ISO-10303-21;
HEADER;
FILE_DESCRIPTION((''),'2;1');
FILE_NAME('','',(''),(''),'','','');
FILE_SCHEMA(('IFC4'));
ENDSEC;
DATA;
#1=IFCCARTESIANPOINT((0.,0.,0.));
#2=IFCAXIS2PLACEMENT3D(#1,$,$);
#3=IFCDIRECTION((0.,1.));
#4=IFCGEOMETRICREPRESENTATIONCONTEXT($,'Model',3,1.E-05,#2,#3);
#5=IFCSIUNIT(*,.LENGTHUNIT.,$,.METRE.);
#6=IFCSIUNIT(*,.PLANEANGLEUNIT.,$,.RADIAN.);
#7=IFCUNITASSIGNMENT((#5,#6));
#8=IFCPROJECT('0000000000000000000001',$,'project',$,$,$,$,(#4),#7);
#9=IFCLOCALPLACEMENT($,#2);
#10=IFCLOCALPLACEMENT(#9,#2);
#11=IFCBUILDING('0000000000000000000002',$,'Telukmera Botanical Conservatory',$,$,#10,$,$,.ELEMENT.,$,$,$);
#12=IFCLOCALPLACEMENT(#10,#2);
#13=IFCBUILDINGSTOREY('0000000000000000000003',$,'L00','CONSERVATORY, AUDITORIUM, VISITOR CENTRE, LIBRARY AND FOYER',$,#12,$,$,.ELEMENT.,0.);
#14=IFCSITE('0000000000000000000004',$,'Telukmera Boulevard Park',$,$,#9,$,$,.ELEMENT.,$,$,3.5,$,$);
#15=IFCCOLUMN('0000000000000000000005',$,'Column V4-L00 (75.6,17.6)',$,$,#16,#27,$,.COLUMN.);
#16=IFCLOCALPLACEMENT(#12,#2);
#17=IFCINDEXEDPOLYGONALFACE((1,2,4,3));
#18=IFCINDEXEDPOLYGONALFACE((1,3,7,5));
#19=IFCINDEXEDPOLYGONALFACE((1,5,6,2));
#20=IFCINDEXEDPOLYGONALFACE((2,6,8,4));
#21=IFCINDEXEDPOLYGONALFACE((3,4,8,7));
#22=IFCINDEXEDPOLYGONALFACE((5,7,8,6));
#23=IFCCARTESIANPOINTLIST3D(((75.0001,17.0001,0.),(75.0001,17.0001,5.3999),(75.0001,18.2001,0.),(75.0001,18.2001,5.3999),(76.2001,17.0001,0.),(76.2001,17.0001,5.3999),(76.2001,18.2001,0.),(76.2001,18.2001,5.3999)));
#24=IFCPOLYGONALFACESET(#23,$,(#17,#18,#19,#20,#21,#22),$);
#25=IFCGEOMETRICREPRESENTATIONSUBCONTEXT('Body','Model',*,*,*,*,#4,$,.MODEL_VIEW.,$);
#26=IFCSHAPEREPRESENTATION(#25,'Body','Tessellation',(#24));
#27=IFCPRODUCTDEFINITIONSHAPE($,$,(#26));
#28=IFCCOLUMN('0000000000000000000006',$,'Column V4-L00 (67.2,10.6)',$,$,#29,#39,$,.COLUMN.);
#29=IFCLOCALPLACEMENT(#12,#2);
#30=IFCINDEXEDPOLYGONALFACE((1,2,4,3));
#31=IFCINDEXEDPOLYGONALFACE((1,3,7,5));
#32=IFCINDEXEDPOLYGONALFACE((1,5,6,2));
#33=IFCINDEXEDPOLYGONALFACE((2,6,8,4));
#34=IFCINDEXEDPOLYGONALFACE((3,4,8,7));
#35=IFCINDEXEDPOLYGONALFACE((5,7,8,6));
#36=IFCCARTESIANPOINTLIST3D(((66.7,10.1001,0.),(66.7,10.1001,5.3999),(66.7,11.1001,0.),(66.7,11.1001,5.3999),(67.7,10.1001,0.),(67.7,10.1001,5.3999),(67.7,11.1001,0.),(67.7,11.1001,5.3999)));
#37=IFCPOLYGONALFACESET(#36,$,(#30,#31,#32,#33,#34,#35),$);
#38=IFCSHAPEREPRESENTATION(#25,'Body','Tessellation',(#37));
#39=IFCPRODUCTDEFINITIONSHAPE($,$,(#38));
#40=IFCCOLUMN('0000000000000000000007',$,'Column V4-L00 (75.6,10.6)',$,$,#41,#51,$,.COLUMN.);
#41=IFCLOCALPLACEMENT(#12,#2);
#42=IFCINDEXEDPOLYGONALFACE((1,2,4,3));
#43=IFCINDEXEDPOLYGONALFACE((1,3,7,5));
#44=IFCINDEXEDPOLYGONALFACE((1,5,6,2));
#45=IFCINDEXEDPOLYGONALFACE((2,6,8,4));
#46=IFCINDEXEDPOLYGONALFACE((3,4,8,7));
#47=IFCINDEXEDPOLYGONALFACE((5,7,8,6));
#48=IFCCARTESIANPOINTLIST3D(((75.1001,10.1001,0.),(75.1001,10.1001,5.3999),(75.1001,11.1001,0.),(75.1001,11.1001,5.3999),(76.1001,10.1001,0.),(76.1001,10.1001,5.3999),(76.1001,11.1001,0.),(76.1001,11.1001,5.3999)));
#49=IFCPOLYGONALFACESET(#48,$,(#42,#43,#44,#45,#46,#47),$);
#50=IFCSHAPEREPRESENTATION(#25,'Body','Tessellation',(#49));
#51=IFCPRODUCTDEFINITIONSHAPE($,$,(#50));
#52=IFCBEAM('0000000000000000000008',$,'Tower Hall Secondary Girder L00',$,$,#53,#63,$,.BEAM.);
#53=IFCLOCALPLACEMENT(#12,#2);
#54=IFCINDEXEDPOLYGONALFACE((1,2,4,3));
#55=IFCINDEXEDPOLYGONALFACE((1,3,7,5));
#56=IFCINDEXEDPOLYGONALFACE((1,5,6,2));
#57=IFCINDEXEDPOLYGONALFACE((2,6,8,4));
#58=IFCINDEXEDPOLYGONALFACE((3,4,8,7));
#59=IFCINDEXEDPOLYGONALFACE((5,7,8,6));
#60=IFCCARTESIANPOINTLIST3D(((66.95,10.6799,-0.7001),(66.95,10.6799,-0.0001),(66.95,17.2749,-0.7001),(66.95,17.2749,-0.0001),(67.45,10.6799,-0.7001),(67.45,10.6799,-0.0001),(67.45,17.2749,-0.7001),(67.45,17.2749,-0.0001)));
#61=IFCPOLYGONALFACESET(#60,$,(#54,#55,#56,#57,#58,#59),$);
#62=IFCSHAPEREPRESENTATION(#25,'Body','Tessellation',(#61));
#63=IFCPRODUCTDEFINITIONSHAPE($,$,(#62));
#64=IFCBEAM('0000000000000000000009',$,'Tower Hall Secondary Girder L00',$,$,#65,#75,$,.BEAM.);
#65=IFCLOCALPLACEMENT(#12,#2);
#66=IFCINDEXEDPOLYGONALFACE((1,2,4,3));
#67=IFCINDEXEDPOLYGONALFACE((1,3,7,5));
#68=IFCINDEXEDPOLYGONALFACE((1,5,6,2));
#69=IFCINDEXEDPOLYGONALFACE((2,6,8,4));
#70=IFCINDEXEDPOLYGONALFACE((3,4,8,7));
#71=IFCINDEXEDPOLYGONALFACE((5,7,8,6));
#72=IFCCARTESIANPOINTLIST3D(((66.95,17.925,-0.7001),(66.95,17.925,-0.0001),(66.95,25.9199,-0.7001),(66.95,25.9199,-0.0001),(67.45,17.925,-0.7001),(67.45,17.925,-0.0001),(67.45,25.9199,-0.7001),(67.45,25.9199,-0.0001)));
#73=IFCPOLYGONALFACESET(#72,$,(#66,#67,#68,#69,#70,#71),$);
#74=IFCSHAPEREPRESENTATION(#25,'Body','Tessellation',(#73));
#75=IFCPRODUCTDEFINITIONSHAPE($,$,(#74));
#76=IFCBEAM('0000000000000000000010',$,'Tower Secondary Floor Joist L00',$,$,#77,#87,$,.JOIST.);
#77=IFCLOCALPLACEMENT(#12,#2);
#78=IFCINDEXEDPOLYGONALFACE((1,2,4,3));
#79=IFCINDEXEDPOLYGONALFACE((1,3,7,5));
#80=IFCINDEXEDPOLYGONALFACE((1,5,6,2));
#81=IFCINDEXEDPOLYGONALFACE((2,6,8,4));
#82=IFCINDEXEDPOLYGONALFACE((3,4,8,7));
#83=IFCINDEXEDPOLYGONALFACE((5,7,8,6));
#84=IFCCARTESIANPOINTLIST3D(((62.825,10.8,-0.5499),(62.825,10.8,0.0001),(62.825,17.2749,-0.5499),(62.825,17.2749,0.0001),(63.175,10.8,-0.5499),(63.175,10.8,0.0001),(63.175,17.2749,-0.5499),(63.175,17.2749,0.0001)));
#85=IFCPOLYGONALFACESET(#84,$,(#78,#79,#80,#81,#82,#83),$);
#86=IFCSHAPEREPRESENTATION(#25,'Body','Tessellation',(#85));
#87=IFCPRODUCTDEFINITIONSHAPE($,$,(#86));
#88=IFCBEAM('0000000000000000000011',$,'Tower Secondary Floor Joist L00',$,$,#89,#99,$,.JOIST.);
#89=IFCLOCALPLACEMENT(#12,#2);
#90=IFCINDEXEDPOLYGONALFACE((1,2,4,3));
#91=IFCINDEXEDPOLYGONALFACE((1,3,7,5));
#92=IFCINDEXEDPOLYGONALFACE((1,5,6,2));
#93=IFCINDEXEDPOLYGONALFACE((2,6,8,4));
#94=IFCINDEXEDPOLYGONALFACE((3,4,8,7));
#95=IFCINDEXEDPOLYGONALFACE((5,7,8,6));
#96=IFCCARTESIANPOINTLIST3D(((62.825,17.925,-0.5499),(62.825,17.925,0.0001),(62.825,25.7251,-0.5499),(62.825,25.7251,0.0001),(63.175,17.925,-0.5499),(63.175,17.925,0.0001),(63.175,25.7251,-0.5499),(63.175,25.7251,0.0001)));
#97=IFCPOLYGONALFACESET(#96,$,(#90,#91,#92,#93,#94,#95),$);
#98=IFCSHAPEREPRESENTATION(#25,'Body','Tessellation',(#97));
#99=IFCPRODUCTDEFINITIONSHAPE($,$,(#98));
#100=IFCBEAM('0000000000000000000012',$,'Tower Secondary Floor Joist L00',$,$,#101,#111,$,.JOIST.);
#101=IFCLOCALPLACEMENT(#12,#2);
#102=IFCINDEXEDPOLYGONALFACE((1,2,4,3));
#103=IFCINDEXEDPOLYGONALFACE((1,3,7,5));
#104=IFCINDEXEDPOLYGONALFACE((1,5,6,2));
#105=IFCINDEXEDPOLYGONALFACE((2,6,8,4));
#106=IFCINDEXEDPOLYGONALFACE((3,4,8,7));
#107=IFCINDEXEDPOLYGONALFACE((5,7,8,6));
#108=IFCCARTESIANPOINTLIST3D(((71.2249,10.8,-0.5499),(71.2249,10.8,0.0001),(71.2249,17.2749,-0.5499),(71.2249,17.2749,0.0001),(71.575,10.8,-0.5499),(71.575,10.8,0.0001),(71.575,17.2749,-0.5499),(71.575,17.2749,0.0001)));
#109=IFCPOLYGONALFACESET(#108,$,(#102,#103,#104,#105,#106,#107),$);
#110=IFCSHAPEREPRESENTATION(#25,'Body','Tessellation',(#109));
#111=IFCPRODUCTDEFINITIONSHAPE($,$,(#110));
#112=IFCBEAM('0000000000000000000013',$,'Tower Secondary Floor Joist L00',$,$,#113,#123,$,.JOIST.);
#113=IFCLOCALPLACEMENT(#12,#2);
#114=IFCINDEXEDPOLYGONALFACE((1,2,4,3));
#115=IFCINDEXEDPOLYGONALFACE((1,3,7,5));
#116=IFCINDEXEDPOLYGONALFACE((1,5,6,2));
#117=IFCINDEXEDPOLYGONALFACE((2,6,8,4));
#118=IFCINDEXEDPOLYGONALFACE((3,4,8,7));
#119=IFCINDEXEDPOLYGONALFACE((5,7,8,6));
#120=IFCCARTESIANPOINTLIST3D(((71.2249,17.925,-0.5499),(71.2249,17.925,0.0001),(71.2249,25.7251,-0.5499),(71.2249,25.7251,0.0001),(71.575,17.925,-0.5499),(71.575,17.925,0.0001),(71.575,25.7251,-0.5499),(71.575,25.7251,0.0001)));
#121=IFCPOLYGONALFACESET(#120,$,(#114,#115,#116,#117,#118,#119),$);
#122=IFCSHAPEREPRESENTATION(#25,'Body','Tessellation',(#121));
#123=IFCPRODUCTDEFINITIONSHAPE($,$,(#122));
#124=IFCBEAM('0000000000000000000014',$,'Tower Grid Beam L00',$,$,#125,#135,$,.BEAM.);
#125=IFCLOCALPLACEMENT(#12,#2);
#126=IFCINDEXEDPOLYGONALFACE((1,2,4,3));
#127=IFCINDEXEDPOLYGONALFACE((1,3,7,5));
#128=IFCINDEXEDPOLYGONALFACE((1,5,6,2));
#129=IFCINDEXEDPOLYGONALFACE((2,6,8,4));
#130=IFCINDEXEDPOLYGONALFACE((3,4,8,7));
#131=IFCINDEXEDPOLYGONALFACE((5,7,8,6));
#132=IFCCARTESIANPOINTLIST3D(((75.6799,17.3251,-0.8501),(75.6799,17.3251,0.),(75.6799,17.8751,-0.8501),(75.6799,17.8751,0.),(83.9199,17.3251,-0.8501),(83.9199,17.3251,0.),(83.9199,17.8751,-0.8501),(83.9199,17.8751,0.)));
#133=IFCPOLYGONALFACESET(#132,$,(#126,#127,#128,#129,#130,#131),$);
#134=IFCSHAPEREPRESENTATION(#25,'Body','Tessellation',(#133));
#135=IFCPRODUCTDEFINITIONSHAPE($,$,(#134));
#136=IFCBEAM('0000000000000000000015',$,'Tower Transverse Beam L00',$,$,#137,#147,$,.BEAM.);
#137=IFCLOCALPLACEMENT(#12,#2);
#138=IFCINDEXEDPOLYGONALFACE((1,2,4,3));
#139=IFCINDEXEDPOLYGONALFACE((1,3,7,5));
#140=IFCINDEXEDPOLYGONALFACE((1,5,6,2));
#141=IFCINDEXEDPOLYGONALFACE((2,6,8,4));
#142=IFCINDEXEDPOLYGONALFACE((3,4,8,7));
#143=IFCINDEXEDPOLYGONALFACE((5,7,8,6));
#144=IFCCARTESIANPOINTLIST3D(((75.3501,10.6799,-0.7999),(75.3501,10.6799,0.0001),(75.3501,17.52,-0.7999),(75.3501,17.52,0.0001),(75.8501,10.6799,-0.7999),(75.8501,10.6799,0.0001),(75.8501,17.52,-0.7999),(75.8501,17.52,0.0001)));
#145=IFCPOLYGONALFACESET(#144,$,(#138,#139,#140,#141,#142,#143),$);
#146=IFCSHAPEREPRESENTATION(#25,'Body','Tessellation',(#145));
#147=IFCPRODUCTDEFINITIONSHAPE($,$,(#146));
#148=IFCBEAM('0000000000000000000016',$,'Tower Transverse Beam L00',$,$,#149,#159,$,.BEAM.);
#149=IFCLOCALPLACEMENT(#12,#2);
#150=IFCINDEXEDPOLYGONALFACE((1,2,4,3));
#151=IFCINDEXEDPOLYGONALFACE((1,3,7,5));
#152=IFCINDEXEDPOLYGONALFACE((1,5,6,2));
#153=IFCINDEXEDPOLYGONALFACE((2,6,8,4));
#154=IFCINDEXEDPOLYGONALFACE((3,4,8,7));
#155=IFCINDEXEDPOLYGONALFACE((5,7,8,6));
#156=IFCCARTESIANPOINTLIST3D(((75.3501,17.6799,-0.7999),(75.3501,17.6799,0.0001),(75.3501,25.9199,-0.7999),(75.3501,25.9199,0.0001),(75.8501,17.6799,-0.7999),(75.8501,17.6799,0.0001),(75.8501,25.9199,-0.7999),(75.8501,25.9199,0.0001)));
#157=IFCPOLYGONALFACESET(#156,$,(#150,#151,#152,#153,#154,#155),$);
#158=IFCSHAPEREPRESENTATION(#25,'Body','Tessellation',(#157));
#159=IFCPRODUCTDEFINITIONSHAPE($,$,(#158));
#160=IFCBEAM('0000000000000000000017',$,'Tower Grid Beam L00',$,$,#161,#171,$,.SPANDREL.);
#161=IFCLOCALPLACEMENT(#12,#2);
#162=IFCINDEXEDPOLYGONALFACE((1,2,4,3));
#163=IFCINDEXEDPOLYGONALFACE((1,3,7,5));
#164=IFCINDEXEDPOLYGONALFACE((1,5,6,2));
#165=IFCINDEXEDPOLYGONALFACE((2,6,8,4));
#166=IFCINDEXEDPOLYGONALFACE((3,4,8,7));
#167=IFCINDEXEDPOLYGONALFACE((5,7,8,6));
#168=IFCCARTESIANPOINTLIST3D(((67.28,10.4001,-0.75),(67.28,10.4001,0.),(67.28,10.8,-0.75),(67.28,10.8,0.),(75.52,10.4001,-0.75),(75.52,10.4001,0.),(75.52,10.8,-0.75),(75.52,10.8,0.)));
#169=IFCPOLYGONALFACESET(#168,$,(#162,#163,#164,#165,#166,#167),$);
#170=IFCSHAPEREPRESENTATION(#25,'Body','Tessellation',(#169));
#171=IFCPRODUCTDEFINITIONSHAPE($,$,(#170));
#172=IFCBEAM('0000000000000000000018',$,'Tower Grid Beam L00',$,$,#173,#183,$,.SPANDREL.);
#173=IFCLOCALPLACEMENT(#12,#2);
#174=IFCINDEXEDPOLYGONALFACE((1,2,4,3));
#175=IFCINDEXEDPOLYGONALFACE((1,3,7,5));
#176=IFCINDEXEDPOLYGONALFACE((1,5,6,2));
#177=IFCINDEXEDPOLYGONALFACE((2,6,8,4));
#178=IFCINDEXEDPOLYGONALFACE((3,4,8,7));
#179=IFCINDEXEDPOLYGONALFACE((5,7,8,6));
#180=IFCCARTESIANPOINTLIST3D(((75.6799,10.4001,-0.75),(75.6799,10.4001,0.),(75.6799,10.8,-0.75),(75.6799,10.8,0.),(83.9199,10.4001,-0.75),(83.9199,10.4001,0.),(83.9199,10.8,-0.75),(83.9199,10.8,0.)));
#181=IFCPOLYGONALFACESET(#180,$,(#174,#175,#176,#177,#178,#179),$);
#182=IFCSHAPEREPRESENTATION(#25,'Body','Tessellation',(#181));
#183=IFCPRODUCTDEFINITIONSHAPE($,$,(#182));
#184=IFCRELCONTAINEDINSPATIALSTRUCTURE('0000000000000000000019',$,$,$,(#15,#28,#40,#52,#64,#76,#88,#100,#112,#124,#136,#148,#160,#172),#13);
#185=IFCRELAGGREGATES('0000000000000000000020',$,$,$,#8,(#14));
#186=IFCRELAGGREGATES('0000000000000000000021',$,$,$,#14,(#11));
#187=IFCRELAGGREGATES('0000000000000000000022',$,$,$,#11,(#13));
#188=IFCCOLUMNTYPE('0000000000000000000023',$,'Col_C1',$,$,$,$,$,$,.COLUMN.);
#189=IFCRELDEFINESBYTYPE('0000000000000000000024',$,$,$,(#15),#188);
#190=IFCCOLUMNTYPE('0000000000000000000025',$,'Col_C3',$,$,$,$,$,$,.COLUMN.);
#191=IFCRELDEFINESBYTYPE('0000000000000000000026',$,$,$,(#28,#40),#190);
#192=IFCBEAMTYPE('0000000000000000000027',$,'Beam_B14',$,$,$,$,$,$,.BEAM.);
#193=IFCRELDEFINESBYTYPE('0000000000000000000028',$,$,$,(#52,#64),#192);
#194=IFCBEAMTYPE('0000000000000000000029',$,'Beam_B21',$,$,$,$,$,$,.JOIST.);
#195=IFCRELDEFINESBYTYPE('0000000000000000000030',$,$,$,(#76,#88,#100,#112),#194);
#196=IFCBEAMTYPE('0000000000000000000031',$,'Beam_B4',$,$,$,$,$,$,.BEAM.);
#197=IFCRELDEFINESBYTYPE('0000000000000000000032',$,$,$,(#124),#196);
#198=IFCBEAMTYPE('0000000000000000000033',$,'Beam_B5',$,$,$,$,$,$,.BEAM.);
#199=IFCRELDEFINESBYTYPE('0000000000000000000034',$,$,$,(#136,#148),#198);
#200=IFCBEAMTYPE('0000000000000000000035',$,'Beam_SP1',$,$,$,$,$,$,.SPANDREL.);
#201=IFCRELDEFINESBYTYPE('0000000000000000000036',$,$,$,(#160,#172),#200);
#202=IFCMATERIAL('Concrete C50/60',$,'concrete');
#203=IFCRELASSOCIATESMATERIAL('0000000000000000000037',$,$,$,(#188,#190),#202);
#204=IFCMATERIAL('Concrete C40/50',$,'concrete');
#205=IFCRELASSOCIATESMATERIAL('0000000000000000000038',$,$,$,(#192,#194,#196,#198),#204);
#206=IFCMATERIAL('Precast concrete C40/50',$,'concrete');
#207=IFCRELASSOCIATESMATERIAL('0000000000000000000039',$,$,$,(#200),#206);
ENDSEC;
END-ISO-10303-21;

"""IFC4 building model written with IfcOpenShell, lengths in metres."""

from ifc_helpers import new_model, si_unit, direction, frame, origin, origin_2d, place, context, subcontext, project, spatial, rectangle, extrude, material, material_profile, profile_set, type_object, element, save


model = new_model("IFC4")

# Units and contexts
model_context = context("Model", 3, precision=1e-05, world=origin(), true_north=direction((0.0, 1.0)))
body_context = subcontext(model_context, "Body", "Model", "MODEL_VIEW")
ifc_project = project(units=[si_unit("LENGTHUNIT", "METRE"), si_unit("PLANEANGLEUNIT", "RADIAN")], contexts=[model_context])

# Site, building, storey
site_placement = place(None, origin())
site = spatial("IfcSite", under=ifc_project, at=site_placement, Name="Telukmera Boulevard Park", CompositionType="ELEMENT", RefElevation=3.5)
building_placement = place(site_placement, origin())
building = spatial("IfcBuilding", under=site, at=building_placement, Name="Telukmera Botanical Conservatory", CompositionType="ELEMENT")
storey_placement = place(building_placement, origin())
storey = spatial("IfcBuildingStorey", under=building, at=storey_placement, Name="L00", Description="CONSERVATORY, AUDITORIUM, VISITOR CENTRE, LIBRARY AND FOYER", CompositionType="ELEMENT", Elevation=0.0)

# Columns
ifc_material_1 = material(Name="Concrete C50/60", Category="concrete")
ifc_material_profile_1 = material_profile(ifc_material_1, rectangle(XDim=1.2, YDim=1.2, at=origin_2d()), Name="RC 1200x1200")
ifc_profile_set_1 = profile_set([ifc_material_profile_1], Name="Concrete C50/60")
column_type_1 = type_object("IfcColumnType", Name="Col_C1", PredefinedType="COLUMN", material=ifc_profile_set_1)
column_placement = place(storey_placement, frame((75.6001, 17.6001, 0.0), z_axis=(0.0, 0.0, 1.0), x_axis=(1.0, 0.0, 0.0)))
element("IfcColumn", 1, at=column_placement, inside=storey, type_object=column_type_1, Name="Column V4-L00 (75.6,17.6)", PredefinedType="COLUMN", context=body_context, shape_type="SweptSolid", body=[
    extrude(rectangle(XDim=1.2, YDim=1.2, at=origin_2d()), origin(), (0.0, 0.0, 1.0), 5.3999),
])
ifc_material_profile_2 = material_profile(ifc_material_1, rectangle(XDim=1.0, YDim=1.0, at=origin_2d()), Name="RC 1000x1000")
ifc_profile_set_2 = profile_set([ifc_material_profile_2], Name="Concrete C50/60")
column_type_2 = type_object("IfcColumnType", Name="Col_C3", PredefinedType="COLUMN", material=ifc_profile_set_2)
for number, where, z_axis, x_axis, name in (
    (2, (67.2, 10.6001, 0.0), (0.0, 0.0, 1.0), (1.0, 0.0, 0.0), "Column V4-L00 (67.2,10.6)"),
    (3, (75.6001, 10.6001, 0.0), (0.0, 0.0, 1.0), (1.0, 0.0, 0.0), "Column V4-L00 (75.6,10.6)"),
):
    element("IfcColumn", number, at=place(storey_placement, frame(where, z_axis=z_axis, x_axis=x_axis)), inside=storey, type_object=column_type_2, Name=name, PredefinedType="COLUMN", context=body_context, shape_type="SweptSolid", body=[
        extrude(rectangle(XDim=1.0, YDim=1.0, at=origin_2d()), origin(), (0.0, 0.0, 1.0), 5.3999),
    ])

# Beams
ifc_material_2 = material(Name="Concrete C40/50", Category="concrete")
ifc_material_profile_3 = material_profile(ifc_material_2, rectangle(XDim=0.5, YDim=0.7, at=origin_2d()), Name="RC 500x700")
ifc_profile_set_3 = profile_set([ifc_material_profile_3], Name="Concrete C40/50")
beam_type_1 = type_object("IfcBeamType", Name="Beam_B14", PredefinedType="BEAM", material=ifc_profile_set_3)
beam_1_placement = place(storey_placement, frame((67.2, 10.6799, -0.3501), z_axis=(0.0, 1.0, 0.0), x_axis=(-1.0, 0.0, 0.0)))
element("IfcBeam", 4, at=beam_1_placement, inside=storey, type_object=beam_type_1, Name="Tower Hall Secondary Girder L00", PredefinedType="BEAM", context=body_context, shape_type="SweptSolid", body=[
    extrude(rectangle(XDim=0.5, YDim=0.7, at=origin_2d()), origin(), (0.0, 0.0, 1.0), 6.595),
])
beam_2_placement = place(storey_placement, frame((67.2, 17.925, -0.3501), z_axis=(0.0, 1.0, 0.0), x_axis=(-1.0, 0.0, 0.0)))
element("IfcBeam", 5, at=beam_2_placement, inside=storey, type_object=beam_type_1, Name="Tower Hall Secondary Girder L00", PredefinedType="BEAM", context=body_context, shape_type="SweptSolid", body=[
    extrude(rectangle(XDim=0.5, YDim=0.7, at=origin_2d()), origin(), (0.0, 0.0, 1.0), 7.9949),
])
ifc_material_profile_4 = material_profile(ifc_material_2, rectangle(XDim=0.3501, YDim=0.55, at=origin_2d()), Name="RC 350x550")
ifc_profile_set_4 = profile_set([ifc_material_profile_4], Name="Concrete C40/50")
beam_type_2 = type_object("IfcBeamType", Name="Beam_B21", PredefinedType="JOIST", material=ifc_profile_set_4)
beam_3_placement = place(storey_placement, frame((63.0, 10.8, -0.2749), z_axis=(0.0, 1.0, 0.0), x_axis=(-1.0, 0.0, 0.0)))
element("IfcBeam", 6, at=beam_3_placement, inside=storey, type_object=beam_type_2, Name="Tower Secondary Floor Joist L00", PredefinedType="JOIST", context=body_context, shape_type="SweptSolid", body=[
    extrude(rectangle(XDim=0.3501, YDim=0.55, at=origin_2d()), origin(), (0.0, 0.0, 1.0), 6.4749),
])
beam_4_placement = place(storey_placement, frame((63.0, 17.925, -0.2749), z_axis=(0.0, 1.0, 0.0), x_axis=(-1.0, 0.0, 0.0)))
element("IfcBeam", 7, at=beam_4_placement, inside=storey, type_object=beam_type_2, Name="Tower Secondary Floor Joist L00", PredefinedType="JOIST", context=body_context, shape_type="SweptSolid", body=[
    extrude(rectangle(XDim=0.3501, YDim=0.55, at=origin_2d()), origin(), (0.0, 0.0, 1.0), 7.8),
])
beam_5_placement = place(storey_placement, frame((71.3999, 10.8, -0.2749), z_axis=(0.0, 1.0, 0.0), x_axis=(-1.0, 0.0, 0.0)))
element("IfcBeam", 8, at=beam_5_placement, inside=storey, type_object=beam_type_2, Name="Tower Secondary Floor Joist L00", PredefinedType="JOIST", context=body_context, shape_type="SweptSolid", body=[
    extrude(rectangle(XDim=0.3501, YDim=0.55, at=origin_2d()), origin(), (0.0, 0.0, 1.0), 6.4749),
])
beam_6_placement = place(storey_placement, frame((71.3999, 17.925, -0.2749), z_axis=(0.0, 1.0, 0.0), x_axis=(-1.0, 0.0, 0.0)))
element("IfcBeam", 9, at=beam_6_placement, inside=storey, type_object=beam_type_2, Name="Tower Secondary Floor Joist L00", PredefinedType="JOIST", context=body_context, shape_type="SweptSolid", body=[
    extrude(rectangle(XDim=0.3501, YDim=0.55, at=origin_2d()), origin(), (0.0, 0.0, 1.0), 7.8),
])
ifc_material_profile_5 = material_profile(ifc_material_2, rectangle(XDim=0.55, YDim=0.8501, at=origin_2d()), Name="RC 550x850")
ifc_profile_set_5 = profile_set([ifc_material_profile_5], Name="Concrete C40/50")
beam_type_3 = type_object("IfcBeamType", Name="Beam_B4", PredefinedType="BEAM", material=ifc_profile_set_5)
beam_7_placement = place(storey_placement, frame((75.6799, 17.6001, -0.425), z_axis=(1.0, 0.0, 0.0), x_axis=(0.0, 1.0, 0.0)))
element("IfcBeam", 10, at=beam_7_placement, inside=storey, type_object=beam_type_3, Name="Tower Grid Beam L00", PredefinedType="BEAM", context=body_context, shape_type="SweptSolid", body=[
    extrude(rectangle(XDim=0.55, YDim=0.8501, at=origin_2d()), origin(), (0.0, 0.0, 1.0), 8.24),
])
ifc_material_profile_6 = material_profile(ifc_material_2, rectangle(XDim=0.5, YDim=0.8, at=origin_2d()), Name="RC 500x800")
ifc_profile_set_6 = profile_set([ifc_material_profile_6], Name="Concrete C40/50")
beam_type_4 = type_object("IfcBeamType", Name="Beam_B5", PredefinedType="BEAM", material=ifc_profile_set_6)
beam_8_placement = place(storey_placement, frame((75.6001, 10.6799, -0.3999), z_axis=(0.0, 1.0, 0.0), x_axis=(-1.0, 0.0, 0.0)))
element("IfcBeam", 11, at=beam_8_placement, inside=storey, type_object=beam_type_4, Name="Tower Transverse Beam L00", PredefinedType="BEAM", context=body_context, shape_type="SweptSolid", body=[
    extrude(rectangle(XDim=0.5, YDim=0.8, at=origin_2d()), origin(), (0.0, 0.0, 1.0), 6.8401),
])
beam_9_placement = place(storey_placement, frame((75.6001, 17.6799, -0.3999), z_axis=(0.0, 1.0, 0.0), x_axis=(-1.0, 0.0, 0.0)))
element("IfcBeam", 12, at=beam_9_placement, inside=storey, type_object=beam_type_4, Name="Tower Transverse Beam L00", PredefinedType="BEAM", context=body_context, shape_type="SweptSolid", body=[
    extrude(rectangle(XDim=0.5, YDim=0.8, at=origin_2d()), origin(), (0.0, 0.0, 1.0), 8.24),
])
ifc_material_3 = material(Name="Precast concrete C40/50", Category="concrete")
ifc_material_profile_7 = material_profile(ifc_material_3, rectangle(XDim=0.3999, YDim=0.75, at=origin_2d()), Name="PC 400x750")
ifc_profile_set_7 = profile_set([ifc_material_profile_7], Name="Precast concrete C40/50")
beam_type_5 = type_object("IfcBeamType", Name="Beam_SP1", PredefinedType="SPANDREL", material=ifc_profile_set_7)
for number, where, z_axis, x_axis, name in (
    (13, (67.28, 10.6001, -0.375), (1.0, 0.0, 0.0), (0.0, 1.0, 0.0), "Tower Grid Beam L00"),
    (14, (75.6799, 10.6001, -0.375), (1.0, 0.0, 0.0), (0.0, 1.0, 0.0), "Tower Grid Beam L00"),
):
    element("IfcBeam", number, at=place(storey_placement, frame(where, z_axis=z_axis, x_axis=x_axis)), inside=storey, type_object=beam_type_5, Name=name, PredefinedType="SPANDREL", context=body_context, shape_type="SweptSolid", body=[
        extrude(rectangle(XDim=0.3999, YDim=0.75, at=origin_2d()), origin(), (0.0, 0.0, 1.0), 8.24),
    ])

save(model, "model.ifc")
